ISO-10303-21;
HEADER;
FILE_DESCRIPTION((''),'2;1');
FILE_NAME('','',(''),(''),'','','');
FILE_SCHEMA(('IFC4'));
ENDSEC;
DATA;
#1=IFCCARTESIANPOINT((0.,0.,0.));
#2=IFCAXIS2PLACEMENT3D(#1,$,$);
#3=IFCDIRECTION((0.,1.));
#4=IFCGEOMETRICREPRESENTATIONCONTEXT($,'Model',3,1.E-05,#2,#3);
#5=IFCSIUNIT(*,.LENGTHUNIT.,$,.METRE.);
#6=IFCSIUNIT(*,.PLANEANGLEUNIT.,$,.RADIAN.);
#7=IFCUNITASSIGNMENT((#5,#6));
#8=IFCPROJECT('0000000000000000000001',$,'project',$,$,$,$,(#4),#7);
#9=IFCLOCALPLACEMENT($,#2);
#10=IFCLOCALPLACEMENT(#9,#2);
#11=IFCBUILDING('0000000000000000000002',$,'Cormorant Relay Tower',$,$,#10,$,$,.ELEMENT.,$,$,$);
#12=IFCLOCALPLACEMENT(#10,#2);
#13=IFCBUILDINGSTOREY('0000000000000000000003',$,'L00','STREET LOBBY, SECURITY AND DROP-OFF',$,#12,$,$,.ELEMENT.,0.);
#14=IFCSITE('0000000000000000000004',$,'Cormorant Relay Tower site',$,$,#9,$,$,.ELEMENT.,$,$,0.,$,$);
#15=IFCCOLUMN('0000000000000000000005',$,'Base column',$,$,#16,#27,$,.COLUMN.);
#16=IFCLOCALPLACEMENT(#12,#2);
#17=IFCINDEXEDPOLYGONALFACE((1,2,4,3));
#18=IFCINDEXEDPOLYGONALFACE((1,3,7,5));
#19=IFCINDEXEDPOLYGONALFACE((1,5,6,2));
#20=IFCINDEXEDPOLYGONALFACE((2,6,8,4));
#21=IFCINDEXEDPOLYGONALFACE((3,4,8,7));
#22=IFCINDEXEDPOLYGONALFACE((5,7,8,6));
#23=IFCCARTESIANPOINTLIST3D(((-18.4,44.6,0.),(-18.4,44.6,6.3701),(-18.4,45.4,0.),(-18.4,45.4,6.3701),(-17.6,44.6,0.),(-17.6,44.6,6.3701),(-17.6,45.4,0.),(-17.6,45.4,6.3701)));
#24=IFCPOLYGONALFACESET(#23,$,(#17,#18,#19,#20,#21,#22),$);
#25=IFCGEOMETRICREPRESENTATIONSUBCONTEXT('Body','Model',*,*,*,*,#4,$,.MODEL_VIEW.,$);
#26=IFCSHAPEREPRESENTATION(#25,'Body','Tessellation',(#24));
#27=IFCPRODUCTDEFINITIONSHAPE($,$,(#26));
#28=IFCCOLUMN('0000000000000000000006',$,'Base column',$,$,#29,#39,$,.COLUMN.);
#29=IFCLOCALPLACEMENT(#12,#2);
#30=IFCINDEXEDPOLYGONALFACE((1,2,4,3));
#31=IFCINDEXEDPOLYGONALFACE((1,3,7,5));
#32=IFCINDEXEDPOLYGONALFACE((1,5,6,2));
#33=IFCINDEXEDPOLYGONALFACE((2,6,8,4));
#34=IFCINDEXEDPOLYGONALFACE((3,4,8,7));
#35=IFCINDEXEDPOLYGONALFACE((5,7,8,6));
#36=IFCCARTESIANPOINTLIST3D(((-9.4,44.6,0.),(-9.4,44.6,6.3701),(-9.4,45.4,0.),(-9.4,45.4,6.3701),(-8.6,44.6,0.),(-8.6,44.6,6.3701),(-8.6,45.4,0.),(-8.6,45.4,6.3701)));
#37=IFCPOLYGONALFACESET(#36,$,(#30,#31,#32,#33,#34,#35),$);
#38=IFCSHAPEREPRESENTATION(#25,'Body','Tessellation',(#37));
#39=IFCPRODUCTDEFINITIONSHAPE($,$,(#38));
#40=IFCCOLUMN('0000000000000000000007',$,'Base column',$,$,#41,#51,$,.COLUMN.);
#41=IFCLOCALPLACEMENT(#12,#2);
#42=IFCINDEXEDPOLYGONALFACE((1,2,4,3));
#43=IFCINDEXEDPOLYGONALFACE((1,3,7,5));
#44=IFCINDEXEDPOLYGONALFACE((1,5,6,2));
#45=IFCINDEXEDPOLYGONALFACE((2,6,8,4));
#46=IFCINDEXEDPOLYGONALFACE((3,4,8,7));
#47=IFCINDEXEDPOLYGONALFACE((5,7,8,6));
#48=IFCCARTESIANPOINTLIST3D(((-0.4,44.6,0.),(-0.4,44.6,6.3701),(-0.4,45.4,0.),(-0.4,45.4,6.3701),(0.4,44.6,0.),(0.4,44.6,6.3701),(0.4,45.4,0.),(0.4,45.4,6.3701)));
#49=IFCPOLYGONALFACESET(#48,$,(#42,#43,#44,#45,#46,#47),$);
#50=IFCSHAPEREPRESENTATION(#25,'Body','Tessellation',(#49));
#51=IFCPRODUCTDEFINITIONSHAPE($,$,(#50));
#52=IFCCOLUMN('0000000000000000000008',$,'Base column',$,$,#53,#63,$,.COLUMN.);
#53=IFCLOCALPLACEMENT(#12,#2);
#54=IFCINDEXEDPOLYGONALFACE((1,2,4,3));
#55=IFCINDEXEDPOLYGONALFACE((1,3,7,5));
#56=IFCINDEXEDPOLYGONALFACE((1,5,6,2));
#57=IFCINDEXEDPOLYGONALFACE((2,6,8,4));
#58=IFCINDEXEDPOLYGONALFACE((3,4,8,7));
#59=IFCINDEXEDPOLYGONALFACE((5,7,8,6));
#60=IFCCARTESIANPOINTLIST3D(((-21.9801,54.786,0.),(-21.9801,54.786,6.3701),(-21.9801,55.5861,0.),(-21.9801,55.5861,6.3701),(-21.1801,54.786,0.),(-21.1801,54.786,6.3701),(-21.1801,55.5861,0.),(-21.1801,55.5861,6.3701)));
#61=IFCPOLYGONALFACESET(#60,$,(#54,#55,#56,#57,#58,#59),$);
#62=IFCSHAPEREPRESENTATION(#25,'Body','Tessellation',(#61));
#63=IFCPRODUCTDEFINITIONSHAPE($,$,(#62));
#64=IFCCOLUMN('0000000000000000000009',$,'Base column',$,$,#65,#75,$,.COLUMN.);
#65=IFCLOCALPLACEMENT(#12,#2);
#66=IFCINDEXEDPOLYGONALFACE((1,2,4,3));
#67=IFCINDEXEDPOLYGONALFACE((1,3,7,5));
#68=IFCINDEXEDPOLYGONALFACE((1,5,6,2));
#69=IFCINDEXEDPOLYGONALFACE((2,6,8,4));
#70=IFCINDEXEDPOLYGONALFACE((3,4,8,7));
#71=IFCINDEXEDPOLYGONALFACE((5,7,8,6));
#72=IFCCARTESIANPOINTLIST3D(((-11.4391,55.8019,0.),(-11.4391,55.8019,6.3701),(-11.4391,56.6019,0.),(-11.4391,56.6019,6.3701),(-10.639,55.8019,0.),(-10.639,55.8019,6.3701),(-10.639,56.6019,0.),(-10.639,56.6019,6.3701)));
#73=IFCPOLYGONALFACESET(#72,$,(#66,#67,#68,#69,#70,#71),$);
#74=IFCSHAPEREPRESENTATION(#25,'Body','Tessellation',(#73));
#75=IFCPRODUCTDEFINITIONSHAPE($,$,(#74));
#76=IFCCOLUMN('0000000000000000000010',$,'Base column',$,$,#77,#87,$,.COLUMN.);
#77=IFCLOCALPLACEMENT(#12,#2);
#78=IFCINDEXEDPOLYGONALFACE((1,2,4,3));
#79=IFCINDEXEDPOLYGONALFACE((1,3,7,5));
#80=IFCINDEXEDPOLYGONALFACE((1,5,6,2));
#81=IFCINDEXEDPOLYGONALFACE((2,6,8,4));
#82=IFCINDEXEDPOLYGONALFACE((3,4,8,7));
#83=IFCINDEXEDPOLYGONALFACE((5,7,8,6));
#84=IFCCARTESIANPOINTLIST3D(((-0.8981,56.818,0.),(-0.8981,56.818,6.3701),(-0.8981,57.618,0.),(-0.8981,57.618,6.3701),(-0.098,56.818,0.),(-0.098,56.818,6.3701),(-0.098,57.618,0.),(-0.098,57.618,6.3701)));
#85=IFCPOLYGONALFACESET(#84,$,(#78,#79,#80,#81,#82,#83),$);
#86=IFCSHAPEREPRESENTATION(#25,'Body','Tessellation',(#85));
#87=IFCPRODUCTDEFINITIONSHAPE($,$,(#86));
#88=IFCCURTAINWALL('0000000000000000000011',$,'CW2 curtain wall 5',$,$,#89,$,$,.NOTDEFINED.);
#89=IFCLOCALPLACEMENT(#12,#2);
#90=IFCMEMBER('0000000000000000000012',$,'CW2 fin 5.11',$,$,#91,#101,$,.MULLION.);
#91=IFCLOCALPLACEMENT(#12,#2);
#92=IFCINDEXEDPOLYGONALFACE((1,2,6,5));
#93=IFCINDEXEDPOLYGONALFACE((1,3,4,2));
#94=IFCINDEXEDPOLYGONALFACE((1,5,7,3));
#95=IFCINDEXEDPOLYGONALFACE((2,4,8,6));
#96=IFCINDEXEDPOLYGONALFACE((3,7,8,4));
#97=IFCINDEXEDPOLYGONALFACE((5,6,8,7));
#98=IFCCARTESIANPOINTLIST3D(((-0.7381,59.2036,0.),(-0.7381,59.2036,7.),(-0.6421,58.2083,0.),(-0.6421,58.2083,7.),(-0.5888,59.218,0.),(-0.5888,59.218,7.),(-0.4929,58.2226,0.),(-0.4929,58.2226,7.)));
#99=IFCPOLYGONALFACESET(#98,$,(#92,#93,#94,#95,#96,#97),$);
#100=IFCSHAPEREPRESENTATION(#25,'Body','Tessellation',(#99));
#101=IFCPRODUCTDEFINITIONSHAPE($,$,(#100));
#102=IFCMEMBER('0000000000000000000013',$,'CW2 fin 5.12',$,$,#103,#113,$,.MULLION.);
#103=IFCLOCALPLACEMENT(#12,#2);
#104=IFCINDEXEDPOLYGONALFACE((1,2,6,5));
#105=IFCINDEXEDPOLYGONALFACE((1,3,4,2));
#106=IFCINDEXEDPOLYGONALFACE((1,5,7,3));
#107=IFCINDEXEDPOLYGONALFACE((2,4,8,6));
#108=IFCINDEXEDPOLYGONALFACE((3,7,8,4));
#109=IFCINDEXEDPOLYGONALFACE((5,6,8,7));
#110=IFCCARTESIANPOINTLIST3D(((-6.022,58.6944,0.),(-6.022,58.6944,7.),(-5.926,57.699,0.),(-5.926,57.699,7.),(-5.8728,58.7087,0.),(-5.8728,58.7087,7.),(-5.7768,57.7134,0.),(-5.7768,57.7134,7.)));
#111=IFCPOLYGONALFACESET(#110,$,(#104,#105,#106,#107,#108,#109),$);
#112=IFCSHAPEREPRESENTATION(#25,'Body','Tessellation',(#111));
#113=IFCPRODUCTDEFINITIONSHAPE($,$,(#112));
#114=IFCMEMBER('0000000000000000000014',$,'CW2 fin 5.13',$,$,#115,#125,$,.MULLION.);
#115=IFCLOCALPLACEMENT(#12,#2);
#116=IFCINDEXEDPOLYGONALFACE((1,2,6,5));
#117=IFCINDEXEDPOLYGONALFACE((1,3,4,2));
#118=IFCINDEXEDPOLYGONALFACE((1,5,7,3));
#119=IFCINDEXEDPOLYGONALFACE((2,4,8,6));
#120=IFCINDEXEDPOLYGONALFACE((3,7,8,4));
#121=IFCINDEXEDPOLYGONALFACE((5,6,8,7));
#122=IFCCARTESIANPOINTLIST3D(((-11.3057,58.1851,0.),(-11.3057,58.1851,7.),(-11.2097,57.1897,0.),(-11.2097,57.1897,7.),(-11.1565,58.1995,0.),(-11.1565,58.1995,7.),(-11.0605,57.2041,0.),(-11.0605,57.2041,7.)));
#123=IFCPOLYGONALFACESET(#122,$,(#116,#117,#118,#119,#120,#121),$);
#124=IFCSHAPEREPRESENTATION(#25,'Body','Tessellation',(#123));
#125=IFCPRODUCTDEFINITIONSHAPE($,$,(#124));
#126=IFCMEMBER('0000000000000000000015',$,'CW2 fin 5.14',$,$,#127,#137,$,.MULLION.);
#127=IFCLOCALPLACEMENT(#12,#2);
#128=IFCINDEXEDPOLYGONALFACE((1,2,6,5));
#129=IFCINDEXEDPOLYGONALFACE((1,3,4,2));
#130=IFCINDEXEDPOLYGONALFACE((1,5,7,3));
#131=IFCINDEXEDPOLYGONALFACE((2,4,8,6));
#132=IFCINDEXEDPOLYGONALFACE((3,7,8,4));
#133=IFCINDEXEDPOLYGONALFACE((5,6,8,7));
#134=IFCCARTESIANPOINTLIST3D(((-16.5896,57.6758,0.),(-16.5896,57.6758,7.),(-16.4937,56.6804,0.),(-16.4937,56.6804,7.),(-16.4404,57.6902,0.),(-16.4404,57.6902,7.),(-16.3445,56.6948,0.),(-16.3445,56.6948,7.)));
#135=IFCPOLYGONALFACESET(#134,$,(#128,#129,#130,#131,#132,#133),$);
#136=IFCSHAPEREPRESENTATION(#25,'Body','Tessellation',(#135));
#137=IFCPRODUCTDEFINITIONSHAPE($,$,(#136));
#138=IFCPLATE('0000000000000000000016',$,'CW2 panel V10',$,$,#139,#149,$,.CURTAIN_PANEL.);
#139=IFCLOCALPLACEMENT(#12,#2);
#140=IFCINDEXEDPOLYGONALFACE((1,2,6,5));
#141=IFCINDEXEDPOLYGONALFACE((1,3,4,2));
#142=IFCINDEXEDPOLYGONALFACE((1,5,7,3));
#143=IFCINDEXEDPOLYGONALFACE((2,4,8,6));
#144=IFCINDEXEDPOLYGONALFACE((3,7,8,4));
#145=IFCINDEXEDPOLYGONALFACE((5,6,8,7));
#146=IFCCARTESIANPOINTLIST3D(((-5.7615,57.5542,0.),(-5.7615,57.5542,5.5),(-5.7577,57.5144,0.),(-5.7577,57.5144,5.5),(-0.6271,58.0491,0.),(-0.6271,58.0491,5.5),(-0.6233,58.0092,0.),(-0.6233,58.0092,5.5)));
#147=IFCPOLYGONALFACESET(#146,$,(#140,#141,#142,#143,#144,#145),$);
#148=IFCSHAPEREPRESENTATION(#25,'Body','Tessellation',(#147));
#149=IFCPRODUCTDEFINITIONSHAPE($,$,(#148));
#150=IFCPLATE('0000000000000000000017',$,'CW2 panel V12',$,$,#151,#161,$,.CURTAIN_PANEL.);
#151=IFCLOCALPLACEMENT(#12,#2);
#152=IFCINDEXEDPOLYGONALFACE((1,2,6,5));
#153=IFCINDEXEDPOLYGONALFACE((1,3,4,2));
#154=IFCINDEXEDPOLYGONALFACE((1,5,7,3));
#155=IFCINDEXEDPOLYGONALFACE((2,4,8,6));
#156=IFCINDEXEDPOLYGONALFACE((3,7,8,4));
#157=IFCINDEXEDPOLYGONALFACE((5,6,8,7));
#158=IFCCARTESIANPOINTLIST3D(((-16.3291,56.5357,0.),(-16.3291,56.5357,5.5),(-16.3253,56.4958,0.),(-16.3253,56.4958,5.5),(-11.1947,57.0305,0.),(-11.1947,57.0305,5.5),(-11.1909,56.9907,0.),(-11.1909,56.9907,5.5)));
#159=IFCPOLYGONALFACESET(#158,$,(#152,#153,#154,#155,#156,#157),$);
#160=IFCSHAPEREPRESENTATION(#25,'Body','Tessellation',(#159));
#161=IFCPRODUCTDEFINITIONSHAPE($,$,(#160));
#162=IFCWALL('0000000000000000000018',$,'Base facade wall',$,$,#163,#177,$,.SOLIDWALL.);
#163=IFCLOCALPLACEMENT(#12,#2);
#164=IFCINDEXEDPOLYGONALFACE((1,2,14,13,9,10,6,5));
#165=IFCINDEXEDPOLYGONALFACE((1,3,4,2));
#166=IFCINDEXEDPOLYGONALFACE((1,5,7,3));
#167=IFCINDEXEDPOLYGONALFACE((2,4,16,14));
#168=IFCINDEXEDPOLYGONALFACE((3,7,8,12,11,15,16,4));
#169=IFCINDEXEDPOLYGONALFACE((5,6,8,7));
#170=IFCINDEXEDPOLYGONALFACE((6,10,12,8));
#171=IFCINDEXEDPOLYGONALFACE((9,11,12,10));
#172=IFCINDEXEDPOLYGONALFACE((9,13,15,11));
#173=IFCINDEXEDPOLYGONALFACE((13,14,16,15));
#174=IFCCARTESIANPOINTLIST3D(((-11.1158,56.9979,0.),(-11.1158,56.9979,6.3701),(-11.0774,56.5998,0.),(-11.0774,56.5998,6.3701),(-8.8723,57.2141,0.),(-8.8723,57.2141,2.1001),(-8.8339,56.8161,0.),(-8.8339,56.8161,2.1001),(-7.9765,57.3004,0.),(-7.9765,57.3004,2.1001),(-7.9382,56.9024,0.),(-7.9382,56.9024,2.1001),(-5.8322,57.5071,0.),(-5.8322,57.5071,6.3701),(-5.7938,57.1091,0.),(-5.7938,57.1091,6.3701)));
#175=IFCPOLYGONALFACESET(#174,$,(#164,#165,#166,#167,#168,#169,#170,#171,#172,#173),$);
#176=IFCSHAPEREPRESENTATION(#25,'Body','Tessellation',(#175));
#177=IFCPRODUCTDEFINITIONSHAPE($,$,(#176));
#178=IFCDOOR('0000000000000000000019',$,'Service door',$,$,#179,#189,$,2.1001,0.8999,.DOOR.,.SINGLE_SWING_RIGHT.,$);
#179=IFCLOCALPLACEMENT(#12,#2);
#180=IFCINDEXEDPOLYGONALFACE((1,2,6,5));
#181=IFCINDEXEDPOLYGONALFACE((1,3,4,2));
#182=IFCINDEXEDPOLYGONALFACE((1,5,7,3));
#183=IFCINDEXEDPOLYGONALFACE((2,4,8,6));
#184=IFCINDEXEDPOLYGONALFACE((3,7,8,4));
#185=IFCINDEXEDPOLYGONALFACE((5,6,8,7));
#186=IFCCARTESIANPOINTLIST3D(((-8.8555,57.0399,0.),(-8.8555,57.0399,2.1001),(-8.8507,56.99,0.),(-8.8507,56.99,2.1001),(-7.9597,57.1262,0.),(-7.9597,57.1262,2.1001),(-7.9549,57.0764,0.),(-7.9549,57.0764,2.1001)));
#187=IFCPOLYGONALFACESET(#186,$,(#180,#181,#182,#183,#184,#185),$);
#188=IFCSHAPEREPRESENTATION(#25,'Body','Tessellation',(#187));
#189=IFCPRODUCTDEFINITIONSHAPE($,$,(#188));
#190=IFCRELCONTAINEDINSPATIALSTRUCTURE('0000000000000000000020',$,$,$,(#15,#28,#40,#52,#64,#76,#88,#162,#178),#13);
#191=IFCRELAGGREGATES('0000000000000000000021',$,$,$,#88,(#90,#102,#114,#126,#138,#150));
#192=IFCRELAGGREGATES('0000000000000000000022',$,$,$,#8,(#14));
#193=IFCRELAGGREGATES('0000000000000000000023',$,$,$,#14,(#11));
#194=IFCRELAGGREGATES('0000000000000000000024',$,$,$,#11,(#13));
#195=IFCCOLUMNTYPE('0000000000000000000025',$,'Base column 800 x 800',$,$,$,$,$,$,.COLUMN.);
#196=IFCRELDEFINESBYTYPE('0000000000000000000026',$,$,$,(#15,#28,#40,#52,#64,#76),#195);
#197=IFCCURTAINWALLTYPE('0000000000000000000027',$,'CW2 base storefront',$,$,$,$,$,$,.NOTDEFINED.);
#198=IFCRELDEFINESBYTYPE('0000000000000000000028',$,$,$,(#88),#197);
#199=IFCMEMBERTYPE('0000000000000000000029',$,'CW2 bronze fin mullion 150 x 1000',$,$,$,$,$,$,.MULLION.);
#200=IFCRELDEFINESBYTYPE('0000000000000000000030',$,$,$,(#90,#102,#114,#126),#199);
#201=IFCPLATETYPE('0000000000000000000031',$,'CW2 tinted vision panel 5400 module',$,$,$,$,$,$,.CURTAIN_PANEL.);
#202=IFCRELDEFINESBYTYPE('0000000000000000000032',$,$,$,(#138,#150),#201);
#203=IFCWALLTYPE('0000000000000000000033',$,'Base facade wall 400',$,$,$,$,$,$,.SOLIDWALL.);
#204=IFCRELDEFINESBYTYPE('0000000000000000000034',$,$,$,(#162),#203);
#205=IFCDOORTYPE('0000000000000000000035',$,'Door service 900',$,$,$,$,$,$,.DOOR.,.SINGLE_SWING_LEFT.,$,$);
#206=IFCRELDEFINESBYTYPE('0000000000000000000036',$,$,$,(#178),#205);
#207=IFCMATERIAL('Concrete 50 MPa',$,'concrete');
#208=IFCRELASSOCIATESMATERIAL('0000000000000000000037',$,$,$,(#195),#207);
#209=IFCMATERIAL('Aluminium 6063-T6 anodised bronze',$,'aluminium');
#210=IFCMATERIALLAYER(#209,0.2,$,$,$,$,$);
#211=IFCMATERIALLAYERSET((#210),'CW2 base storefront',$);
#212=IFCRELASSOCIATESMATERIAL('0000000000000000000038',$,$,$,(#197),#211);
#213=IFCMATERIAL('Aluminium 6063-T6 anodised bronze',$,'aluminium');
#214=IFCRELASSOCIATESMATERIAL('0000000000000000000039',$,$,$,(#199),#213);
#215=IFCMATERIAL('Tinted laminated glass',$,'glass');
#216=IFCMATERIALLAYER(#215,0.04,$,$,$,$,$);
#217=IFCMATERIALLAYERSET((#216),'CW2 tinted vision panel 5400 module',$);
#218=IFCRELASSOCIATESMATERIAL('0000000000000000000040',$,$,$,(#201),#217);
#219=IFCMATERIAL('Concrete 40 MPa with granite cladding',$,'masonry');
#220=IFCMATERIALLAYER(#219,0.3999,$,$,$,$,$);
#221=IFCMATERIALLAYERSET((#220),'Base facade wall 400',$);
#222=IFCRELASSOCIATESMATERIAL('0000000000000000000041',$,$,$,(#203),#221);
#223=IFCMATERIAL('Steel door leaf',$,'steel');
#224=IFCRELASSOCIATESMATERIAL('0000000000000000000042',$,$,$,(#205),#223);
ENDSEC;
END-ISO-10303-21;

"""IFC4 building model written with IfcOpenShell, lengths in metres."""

from ifc_helpers import new_model, si_unit, direction, frame, frame_2d, origin, origin_2d, place, context, subcontext, project, spatial, rectangle, extrude, material, layer, layer_set, material_profile, profile_set, type_object, element, fill, aggregate, save


model = new_model("IFC4")

# Units and contexts
model_context = context("Model", 3, precision=1e-05, world=origin(), true_north=direction((0.0, 1.0)))
body_context = subcontext(model_context, "Body", "Model", "MODEL_VIEW")
ifc_project = project(units=[si_unit("LENGTHUNIT", "METRE"), si_unit("PLANEANGLEUNIT", "RADIAN")], contexts=[model_context])

# Site, building, storey
site_placement = place(None, origin())
site = spatial("IfcSite", under=ifc_project, at=site_placement, Name="Cormorant Relay Tower site", CompositionType="ELEMENT", RefElevation=0.0)
building_placement = place(site_placement, origin())
building = spatial("IfcBuilding", under=site, at=building_placement, Name="Cormorant Relay Tower", CompositionType="ELEMENT")
storey_placement = place(building_placement, origin())
storey = spatial("IfcBuildingStorey", under=building, at=storey_placement, Name="L00", Description="STREET LOBBY, SECURITY AND DROP-OFF", CompositionType="ELEMENT", Elevation=0.0)

# Columns
ifc_material_1 = material(Name="Concrete 50 MPa", Category="concrete")
ifc_material_profile_1 = material_profile(ifc_material_1, rectangle(XDim=0.8, YDim=0.8, at=origin_2d()), Name="RC 800x800")
ifc_profile_set_1 = profile_set([ifc_material_profile_1], Name="Concrete 50 MPa")
column_type = type_object("IfcColumnType", Name="Base column 800 x 800", PredefinedType="COLUMN", material=ifc_profile_set_1)
for number, where, z_axis, x_axis, name in (
    (1, (-18.0, 45.0, 0.0), (0.0, 0.0, 1.0), (1.0, 0.0, 0.0), "Base column"),
    (2, (-9.0, 45.0, 0.0), (0.0, 0.0, 1.0), (1.0, 0.0, 0.0), "Base column"),
    (3, (0.0, 45.0, 0.0), (0.0, 0.0, 1.0), (1.0, 0.0, 0.0), "Base column"),
    (4, (-21.5801, 55.186, 0.0), (0.0, 0.0, 1.0), (1.0, 0.0, 0.0), "Base column"),
    (5, (-11.0391, 56.2019, 0.0), (0.0, 0.0, 1.0), (1.0, 0.0, 0.0), "Base column"),
    (6, (-0.498, 57.218, 0.0), (0.0, 0.0, 1.0), (1.0, 0.0, 0.0), "Base column"),
):
    element("IfcColumn", number, at=place(storey_placement, frame(where, z_axis=z_axis, x_axis=x_axis)), inside=storey, type_object=column_type, Name=name, PredefinedType="COLUMN", context=body_context, shape_type="SweptSolid", body=[
        extrude(rectangle(XDim=0.8, YDim=0.8, at=origin_2d()), origin(), (0.0, 0.0, 1.0), 6.3701),
    ])

# Curtain wall, members, plates
ifc_material_2 = material(Name="Aluminium 6063-T6 anodised bronze", Category="aluminium")
ifc_layer_1 = layer(ifc_material_2, 0.2)
ifc_layer_set_1 = layer_set([ifc_layer_1], Name="CW2 base storefront")
curtain_wall_type = type_object("IfcCurtainWallType", Name="CW2 base storefront", PredefinedType="NOTDEFINED", material=ifc_layer_set_1)
curtain_wall_placement = place(storey_placement, origin())
curtain_wall = element("IfcCurtainWall", 7, at=curtain_wall_placement, inside=storey, type_object=curtain_wall_type, Name="CW2 curtain wall 5", PredefinedType="NOTDEFINED")
ifc_material_3 = material(Name="Aluminium 6063-T6 anodised bronze", Category="aluminium")
ifc_material_profile_2 = material_profile(ifc_material_3, rectangle(XDim=0.1499, YDim=1.0, at=origin_2d()), Name="AL 150x1000")
ifc_profile_set_2 = profile_set([ifc_material_profile_2], Name="Aluminium 6063-T6 anodised bronze")
member_type = type_object("IfcMemberType", Name="CW2 bronze fin mullion 150 x 1000", PredefinedType="MULLION", material=ifc_profile_set_2)
member_1_placement = place(storey_placement, frame((-0.6155, 58.7131, 0.0), z_axis=(0.0, 0.0, 1.0), x_axis=(-0.995387, -0.09594, 0.0)))
member_1 = element("IfcMember", 8, at=member_1_placement, type_object=member_type, Name="CW2 fin 5.11", PredefinedType="MULLION", context=body_context, shape_type="SweptSolid", body=[
    extrude(rectangle(XDim=0.1499, YDim=1.0, at=origin_2d()), origin(), (0.0, 0.0, 1.0), 7.0),
])
member_2_placement = place(storey_placement, frame((-5.8994, 58.2039, 0.0), z_axis=(0.0, 0.0, 1.0), x_axis=(-0.995387, -0.09594, 0.0)))
member_2 = element("IfcMember", 9, at=member_2_placement, type_object=member_type, Name="CW2 fin 5.12", PredefinedType="MULLION", context=body_context, shape_type="SweptSolid", body=[
    extrude(rectangle(XDim=0.1499, YDim=1.0, at=origin_2d()), origin(), (0.0, 0.0, 1.0), 7.0),
])
member_3_placement = place(storey_placement, frame((-11.1831, 57.6946, 0.0), z_axis=(0.0, 0.0, 1.0), x_axis=(-0.995387, -0.09594, 0.0)))
member_3 = element("IfcMember", 10, at=member_3_placement, type_object=member_type, Name="CW2 fin 5.13", PredefinedType="MULLION", context=body_context, shape_type="SweptSolid", body=[
    extrude(rectangle(XDim=0.1499, YDim=1.0, at=origin_2d()), origin(), (0.0, 0.0, 1.0), 7.0),
])
member_4_placement = place(storey_placement, frame((-16.467, 57.1853, 0.0), z_axis=(0.0, 0.0, 1.0), x_axis=(-0.995387, -0.09594, 0.0)))
member_4 = element("IfcMember", 11, at=member_4_placement, type_object=member_type, Name="CW2 fin 5.14", PredefinedType="MULLION", context=body_context, shape_type="SweptSolid", body=[
    extrude(rectangle(XDim=0.1499, YDim=1.0, at=origin_2d()), origin(), (0.0, 0.0, 1.0), 7.0),
])
ifc_material_4 = material(Name="Tinted laminated glass", Category="glass")
ifc_layer_2 = layer(ifc_material_4, 0.04)
ifc_layer_set_2 = layer_set([ifc_layer_2], Name="CW2 tinted vision panel 5400 module")
plate_type = type_object("IfcPlateType", Name="CW2 tinted vision panel 5400 module", PredefinedType="CURTAIN_PANEL", material=ifc_layer_set_2)
plate_1_placement = place(storey_placement, frame((-3.1924, 57.7817, 0.0), z_axis=(0.0, 0.0, 1.0), x_axis=(-0.995387, -0.09594, 0.0)))
plate_1 = element("IfcPlate", 12, at=plate_1_placement, type_object=plate_type, Name="CW2 panel V10", PredefinedType="CURTAIN_PANEL", context=body_context, shape_type="SweptSolid", body=[
    extrude(rectangle(XDim=5.1582, YDim=0.04, at=origin_2d()), origin(), (0.0, 0.0, 1.0), 5.5),
])
plate_2_placement = place(storey_placement, frame((-13.76, 56.7632, 0.0), z_axis=(0.0, 0.0, 1.0), x_axis=(-0.995387, -0.09594, 0.0)))
plate_2 = element("IfcPlate", 13, at=plate_2_placement, type_object=plate_type, Name="CW2 panel V12", PredefinedType="CURTAIN_PANEL", context=body_context, shape_type="SweptSolid", body=[
    extrude(rectangle(XDim=5.1582, YDim=0.04, at=origin_2d()), origin(), (0.0, 0.0, 1.0), 5.5),
])
aggregate(curtain_wall, [member_1, member_2, member_3, member_4, plate_1, plate_2])

# Wall, opening, door
ifc_material_5 = material(Name="Concrete 40 MPa with granite cladding", Category="masonry")
ifc_layer_3 = layer(ifc_material_5, 0.3999)
ifc_layer_set_3 = layer_set([ifc_layer_3], Name="Base facade wall 400")
wall_type_1 = type_object("IfcWallType", Name="Base facade wall 400", PredefinedType="SOLIDWALL", material=ifc_layer_set_3)
wall_1_placement = place(storey_placement, frame((-5.813, 57.3081, 0.0), z_axis=(0.0, 0.0, 1.0), x_axis=(-0.995387, -0.095942, 0.0)))
wall_1 = element("IfcWall", 14, at=wall_1_placement, inside=storey, type_object=wall_type_1, Name="Base facade wall", PredefinedType="SOLIDWALL", context=body_context, shape_type="SweptSolid", body=[
    extrude(rectangle(XDim=5.3081, YDim=0.3999, at=frame_2d((2.6541, 0.0))), origin(), (0.0, 0.0, 1.0), 6.3701),
])
opening_1_placement = place(wall_1_placement, frame((2.1543, 0.0, 0.0)))
opening_1 = element("IfcOpeningElement", 15, at=opening_1_placement, cuts=wall_1, PredefinedType="OPENING", context=body_context, shape_type="SweptSolid", body=[
    extrude(rectangle(XDim=0.8999, YDim=2.1001, at=frame_2d((0.45, 1.05))), frame((0.0, 0.21, 0.0), z_axis=(0.0, -1.0, 0.0), x_axis=(1.0, 0.0, 0.0)), (0.0, 0.0, 1.0), 0.4199),
])
ifc_material_6 = material(Name="Steel door leaf", Category="steel")
door_type_1 = type_object("IfcDoorType", Name="Door service 900", OperationType="SINGLE_SWING_LEFT", PredefinedType="DOOR", material=ifc_material_6)
door_1_placement = place(opening_1_placement, frame((0.8999, 0.0, 0.0), z_axis=(0.0, 0.0, 1.0), x_axis=(-1.0, 0.0, 0.0)))
door_1 = element("IfcDoor", 16, at=door_1_placement, inside=storey, type_object=door_type_1, Name="Service door", OperationType="SINGLE_SWING_RIGHT", OverallHeight=2.1001, OverallWidth=0.8999, PredefinedType="DOOR", context=body_context, shape_type="SweptSolid", body=[
    extrude(rectangle(XDim=0.8999, YDim=2.1001, at=frame_2d((0.45, 1.05))), frame((0.0, 0.0249, 0.0), z_axis=(0.0, -1.0, 0.0), x_axis=(1.0, 0.0, 0.0)), (0.0, 0.0, 1.0), 0.05),
])
fill(opening_1, door_1)

save(model, "model.ifc")
